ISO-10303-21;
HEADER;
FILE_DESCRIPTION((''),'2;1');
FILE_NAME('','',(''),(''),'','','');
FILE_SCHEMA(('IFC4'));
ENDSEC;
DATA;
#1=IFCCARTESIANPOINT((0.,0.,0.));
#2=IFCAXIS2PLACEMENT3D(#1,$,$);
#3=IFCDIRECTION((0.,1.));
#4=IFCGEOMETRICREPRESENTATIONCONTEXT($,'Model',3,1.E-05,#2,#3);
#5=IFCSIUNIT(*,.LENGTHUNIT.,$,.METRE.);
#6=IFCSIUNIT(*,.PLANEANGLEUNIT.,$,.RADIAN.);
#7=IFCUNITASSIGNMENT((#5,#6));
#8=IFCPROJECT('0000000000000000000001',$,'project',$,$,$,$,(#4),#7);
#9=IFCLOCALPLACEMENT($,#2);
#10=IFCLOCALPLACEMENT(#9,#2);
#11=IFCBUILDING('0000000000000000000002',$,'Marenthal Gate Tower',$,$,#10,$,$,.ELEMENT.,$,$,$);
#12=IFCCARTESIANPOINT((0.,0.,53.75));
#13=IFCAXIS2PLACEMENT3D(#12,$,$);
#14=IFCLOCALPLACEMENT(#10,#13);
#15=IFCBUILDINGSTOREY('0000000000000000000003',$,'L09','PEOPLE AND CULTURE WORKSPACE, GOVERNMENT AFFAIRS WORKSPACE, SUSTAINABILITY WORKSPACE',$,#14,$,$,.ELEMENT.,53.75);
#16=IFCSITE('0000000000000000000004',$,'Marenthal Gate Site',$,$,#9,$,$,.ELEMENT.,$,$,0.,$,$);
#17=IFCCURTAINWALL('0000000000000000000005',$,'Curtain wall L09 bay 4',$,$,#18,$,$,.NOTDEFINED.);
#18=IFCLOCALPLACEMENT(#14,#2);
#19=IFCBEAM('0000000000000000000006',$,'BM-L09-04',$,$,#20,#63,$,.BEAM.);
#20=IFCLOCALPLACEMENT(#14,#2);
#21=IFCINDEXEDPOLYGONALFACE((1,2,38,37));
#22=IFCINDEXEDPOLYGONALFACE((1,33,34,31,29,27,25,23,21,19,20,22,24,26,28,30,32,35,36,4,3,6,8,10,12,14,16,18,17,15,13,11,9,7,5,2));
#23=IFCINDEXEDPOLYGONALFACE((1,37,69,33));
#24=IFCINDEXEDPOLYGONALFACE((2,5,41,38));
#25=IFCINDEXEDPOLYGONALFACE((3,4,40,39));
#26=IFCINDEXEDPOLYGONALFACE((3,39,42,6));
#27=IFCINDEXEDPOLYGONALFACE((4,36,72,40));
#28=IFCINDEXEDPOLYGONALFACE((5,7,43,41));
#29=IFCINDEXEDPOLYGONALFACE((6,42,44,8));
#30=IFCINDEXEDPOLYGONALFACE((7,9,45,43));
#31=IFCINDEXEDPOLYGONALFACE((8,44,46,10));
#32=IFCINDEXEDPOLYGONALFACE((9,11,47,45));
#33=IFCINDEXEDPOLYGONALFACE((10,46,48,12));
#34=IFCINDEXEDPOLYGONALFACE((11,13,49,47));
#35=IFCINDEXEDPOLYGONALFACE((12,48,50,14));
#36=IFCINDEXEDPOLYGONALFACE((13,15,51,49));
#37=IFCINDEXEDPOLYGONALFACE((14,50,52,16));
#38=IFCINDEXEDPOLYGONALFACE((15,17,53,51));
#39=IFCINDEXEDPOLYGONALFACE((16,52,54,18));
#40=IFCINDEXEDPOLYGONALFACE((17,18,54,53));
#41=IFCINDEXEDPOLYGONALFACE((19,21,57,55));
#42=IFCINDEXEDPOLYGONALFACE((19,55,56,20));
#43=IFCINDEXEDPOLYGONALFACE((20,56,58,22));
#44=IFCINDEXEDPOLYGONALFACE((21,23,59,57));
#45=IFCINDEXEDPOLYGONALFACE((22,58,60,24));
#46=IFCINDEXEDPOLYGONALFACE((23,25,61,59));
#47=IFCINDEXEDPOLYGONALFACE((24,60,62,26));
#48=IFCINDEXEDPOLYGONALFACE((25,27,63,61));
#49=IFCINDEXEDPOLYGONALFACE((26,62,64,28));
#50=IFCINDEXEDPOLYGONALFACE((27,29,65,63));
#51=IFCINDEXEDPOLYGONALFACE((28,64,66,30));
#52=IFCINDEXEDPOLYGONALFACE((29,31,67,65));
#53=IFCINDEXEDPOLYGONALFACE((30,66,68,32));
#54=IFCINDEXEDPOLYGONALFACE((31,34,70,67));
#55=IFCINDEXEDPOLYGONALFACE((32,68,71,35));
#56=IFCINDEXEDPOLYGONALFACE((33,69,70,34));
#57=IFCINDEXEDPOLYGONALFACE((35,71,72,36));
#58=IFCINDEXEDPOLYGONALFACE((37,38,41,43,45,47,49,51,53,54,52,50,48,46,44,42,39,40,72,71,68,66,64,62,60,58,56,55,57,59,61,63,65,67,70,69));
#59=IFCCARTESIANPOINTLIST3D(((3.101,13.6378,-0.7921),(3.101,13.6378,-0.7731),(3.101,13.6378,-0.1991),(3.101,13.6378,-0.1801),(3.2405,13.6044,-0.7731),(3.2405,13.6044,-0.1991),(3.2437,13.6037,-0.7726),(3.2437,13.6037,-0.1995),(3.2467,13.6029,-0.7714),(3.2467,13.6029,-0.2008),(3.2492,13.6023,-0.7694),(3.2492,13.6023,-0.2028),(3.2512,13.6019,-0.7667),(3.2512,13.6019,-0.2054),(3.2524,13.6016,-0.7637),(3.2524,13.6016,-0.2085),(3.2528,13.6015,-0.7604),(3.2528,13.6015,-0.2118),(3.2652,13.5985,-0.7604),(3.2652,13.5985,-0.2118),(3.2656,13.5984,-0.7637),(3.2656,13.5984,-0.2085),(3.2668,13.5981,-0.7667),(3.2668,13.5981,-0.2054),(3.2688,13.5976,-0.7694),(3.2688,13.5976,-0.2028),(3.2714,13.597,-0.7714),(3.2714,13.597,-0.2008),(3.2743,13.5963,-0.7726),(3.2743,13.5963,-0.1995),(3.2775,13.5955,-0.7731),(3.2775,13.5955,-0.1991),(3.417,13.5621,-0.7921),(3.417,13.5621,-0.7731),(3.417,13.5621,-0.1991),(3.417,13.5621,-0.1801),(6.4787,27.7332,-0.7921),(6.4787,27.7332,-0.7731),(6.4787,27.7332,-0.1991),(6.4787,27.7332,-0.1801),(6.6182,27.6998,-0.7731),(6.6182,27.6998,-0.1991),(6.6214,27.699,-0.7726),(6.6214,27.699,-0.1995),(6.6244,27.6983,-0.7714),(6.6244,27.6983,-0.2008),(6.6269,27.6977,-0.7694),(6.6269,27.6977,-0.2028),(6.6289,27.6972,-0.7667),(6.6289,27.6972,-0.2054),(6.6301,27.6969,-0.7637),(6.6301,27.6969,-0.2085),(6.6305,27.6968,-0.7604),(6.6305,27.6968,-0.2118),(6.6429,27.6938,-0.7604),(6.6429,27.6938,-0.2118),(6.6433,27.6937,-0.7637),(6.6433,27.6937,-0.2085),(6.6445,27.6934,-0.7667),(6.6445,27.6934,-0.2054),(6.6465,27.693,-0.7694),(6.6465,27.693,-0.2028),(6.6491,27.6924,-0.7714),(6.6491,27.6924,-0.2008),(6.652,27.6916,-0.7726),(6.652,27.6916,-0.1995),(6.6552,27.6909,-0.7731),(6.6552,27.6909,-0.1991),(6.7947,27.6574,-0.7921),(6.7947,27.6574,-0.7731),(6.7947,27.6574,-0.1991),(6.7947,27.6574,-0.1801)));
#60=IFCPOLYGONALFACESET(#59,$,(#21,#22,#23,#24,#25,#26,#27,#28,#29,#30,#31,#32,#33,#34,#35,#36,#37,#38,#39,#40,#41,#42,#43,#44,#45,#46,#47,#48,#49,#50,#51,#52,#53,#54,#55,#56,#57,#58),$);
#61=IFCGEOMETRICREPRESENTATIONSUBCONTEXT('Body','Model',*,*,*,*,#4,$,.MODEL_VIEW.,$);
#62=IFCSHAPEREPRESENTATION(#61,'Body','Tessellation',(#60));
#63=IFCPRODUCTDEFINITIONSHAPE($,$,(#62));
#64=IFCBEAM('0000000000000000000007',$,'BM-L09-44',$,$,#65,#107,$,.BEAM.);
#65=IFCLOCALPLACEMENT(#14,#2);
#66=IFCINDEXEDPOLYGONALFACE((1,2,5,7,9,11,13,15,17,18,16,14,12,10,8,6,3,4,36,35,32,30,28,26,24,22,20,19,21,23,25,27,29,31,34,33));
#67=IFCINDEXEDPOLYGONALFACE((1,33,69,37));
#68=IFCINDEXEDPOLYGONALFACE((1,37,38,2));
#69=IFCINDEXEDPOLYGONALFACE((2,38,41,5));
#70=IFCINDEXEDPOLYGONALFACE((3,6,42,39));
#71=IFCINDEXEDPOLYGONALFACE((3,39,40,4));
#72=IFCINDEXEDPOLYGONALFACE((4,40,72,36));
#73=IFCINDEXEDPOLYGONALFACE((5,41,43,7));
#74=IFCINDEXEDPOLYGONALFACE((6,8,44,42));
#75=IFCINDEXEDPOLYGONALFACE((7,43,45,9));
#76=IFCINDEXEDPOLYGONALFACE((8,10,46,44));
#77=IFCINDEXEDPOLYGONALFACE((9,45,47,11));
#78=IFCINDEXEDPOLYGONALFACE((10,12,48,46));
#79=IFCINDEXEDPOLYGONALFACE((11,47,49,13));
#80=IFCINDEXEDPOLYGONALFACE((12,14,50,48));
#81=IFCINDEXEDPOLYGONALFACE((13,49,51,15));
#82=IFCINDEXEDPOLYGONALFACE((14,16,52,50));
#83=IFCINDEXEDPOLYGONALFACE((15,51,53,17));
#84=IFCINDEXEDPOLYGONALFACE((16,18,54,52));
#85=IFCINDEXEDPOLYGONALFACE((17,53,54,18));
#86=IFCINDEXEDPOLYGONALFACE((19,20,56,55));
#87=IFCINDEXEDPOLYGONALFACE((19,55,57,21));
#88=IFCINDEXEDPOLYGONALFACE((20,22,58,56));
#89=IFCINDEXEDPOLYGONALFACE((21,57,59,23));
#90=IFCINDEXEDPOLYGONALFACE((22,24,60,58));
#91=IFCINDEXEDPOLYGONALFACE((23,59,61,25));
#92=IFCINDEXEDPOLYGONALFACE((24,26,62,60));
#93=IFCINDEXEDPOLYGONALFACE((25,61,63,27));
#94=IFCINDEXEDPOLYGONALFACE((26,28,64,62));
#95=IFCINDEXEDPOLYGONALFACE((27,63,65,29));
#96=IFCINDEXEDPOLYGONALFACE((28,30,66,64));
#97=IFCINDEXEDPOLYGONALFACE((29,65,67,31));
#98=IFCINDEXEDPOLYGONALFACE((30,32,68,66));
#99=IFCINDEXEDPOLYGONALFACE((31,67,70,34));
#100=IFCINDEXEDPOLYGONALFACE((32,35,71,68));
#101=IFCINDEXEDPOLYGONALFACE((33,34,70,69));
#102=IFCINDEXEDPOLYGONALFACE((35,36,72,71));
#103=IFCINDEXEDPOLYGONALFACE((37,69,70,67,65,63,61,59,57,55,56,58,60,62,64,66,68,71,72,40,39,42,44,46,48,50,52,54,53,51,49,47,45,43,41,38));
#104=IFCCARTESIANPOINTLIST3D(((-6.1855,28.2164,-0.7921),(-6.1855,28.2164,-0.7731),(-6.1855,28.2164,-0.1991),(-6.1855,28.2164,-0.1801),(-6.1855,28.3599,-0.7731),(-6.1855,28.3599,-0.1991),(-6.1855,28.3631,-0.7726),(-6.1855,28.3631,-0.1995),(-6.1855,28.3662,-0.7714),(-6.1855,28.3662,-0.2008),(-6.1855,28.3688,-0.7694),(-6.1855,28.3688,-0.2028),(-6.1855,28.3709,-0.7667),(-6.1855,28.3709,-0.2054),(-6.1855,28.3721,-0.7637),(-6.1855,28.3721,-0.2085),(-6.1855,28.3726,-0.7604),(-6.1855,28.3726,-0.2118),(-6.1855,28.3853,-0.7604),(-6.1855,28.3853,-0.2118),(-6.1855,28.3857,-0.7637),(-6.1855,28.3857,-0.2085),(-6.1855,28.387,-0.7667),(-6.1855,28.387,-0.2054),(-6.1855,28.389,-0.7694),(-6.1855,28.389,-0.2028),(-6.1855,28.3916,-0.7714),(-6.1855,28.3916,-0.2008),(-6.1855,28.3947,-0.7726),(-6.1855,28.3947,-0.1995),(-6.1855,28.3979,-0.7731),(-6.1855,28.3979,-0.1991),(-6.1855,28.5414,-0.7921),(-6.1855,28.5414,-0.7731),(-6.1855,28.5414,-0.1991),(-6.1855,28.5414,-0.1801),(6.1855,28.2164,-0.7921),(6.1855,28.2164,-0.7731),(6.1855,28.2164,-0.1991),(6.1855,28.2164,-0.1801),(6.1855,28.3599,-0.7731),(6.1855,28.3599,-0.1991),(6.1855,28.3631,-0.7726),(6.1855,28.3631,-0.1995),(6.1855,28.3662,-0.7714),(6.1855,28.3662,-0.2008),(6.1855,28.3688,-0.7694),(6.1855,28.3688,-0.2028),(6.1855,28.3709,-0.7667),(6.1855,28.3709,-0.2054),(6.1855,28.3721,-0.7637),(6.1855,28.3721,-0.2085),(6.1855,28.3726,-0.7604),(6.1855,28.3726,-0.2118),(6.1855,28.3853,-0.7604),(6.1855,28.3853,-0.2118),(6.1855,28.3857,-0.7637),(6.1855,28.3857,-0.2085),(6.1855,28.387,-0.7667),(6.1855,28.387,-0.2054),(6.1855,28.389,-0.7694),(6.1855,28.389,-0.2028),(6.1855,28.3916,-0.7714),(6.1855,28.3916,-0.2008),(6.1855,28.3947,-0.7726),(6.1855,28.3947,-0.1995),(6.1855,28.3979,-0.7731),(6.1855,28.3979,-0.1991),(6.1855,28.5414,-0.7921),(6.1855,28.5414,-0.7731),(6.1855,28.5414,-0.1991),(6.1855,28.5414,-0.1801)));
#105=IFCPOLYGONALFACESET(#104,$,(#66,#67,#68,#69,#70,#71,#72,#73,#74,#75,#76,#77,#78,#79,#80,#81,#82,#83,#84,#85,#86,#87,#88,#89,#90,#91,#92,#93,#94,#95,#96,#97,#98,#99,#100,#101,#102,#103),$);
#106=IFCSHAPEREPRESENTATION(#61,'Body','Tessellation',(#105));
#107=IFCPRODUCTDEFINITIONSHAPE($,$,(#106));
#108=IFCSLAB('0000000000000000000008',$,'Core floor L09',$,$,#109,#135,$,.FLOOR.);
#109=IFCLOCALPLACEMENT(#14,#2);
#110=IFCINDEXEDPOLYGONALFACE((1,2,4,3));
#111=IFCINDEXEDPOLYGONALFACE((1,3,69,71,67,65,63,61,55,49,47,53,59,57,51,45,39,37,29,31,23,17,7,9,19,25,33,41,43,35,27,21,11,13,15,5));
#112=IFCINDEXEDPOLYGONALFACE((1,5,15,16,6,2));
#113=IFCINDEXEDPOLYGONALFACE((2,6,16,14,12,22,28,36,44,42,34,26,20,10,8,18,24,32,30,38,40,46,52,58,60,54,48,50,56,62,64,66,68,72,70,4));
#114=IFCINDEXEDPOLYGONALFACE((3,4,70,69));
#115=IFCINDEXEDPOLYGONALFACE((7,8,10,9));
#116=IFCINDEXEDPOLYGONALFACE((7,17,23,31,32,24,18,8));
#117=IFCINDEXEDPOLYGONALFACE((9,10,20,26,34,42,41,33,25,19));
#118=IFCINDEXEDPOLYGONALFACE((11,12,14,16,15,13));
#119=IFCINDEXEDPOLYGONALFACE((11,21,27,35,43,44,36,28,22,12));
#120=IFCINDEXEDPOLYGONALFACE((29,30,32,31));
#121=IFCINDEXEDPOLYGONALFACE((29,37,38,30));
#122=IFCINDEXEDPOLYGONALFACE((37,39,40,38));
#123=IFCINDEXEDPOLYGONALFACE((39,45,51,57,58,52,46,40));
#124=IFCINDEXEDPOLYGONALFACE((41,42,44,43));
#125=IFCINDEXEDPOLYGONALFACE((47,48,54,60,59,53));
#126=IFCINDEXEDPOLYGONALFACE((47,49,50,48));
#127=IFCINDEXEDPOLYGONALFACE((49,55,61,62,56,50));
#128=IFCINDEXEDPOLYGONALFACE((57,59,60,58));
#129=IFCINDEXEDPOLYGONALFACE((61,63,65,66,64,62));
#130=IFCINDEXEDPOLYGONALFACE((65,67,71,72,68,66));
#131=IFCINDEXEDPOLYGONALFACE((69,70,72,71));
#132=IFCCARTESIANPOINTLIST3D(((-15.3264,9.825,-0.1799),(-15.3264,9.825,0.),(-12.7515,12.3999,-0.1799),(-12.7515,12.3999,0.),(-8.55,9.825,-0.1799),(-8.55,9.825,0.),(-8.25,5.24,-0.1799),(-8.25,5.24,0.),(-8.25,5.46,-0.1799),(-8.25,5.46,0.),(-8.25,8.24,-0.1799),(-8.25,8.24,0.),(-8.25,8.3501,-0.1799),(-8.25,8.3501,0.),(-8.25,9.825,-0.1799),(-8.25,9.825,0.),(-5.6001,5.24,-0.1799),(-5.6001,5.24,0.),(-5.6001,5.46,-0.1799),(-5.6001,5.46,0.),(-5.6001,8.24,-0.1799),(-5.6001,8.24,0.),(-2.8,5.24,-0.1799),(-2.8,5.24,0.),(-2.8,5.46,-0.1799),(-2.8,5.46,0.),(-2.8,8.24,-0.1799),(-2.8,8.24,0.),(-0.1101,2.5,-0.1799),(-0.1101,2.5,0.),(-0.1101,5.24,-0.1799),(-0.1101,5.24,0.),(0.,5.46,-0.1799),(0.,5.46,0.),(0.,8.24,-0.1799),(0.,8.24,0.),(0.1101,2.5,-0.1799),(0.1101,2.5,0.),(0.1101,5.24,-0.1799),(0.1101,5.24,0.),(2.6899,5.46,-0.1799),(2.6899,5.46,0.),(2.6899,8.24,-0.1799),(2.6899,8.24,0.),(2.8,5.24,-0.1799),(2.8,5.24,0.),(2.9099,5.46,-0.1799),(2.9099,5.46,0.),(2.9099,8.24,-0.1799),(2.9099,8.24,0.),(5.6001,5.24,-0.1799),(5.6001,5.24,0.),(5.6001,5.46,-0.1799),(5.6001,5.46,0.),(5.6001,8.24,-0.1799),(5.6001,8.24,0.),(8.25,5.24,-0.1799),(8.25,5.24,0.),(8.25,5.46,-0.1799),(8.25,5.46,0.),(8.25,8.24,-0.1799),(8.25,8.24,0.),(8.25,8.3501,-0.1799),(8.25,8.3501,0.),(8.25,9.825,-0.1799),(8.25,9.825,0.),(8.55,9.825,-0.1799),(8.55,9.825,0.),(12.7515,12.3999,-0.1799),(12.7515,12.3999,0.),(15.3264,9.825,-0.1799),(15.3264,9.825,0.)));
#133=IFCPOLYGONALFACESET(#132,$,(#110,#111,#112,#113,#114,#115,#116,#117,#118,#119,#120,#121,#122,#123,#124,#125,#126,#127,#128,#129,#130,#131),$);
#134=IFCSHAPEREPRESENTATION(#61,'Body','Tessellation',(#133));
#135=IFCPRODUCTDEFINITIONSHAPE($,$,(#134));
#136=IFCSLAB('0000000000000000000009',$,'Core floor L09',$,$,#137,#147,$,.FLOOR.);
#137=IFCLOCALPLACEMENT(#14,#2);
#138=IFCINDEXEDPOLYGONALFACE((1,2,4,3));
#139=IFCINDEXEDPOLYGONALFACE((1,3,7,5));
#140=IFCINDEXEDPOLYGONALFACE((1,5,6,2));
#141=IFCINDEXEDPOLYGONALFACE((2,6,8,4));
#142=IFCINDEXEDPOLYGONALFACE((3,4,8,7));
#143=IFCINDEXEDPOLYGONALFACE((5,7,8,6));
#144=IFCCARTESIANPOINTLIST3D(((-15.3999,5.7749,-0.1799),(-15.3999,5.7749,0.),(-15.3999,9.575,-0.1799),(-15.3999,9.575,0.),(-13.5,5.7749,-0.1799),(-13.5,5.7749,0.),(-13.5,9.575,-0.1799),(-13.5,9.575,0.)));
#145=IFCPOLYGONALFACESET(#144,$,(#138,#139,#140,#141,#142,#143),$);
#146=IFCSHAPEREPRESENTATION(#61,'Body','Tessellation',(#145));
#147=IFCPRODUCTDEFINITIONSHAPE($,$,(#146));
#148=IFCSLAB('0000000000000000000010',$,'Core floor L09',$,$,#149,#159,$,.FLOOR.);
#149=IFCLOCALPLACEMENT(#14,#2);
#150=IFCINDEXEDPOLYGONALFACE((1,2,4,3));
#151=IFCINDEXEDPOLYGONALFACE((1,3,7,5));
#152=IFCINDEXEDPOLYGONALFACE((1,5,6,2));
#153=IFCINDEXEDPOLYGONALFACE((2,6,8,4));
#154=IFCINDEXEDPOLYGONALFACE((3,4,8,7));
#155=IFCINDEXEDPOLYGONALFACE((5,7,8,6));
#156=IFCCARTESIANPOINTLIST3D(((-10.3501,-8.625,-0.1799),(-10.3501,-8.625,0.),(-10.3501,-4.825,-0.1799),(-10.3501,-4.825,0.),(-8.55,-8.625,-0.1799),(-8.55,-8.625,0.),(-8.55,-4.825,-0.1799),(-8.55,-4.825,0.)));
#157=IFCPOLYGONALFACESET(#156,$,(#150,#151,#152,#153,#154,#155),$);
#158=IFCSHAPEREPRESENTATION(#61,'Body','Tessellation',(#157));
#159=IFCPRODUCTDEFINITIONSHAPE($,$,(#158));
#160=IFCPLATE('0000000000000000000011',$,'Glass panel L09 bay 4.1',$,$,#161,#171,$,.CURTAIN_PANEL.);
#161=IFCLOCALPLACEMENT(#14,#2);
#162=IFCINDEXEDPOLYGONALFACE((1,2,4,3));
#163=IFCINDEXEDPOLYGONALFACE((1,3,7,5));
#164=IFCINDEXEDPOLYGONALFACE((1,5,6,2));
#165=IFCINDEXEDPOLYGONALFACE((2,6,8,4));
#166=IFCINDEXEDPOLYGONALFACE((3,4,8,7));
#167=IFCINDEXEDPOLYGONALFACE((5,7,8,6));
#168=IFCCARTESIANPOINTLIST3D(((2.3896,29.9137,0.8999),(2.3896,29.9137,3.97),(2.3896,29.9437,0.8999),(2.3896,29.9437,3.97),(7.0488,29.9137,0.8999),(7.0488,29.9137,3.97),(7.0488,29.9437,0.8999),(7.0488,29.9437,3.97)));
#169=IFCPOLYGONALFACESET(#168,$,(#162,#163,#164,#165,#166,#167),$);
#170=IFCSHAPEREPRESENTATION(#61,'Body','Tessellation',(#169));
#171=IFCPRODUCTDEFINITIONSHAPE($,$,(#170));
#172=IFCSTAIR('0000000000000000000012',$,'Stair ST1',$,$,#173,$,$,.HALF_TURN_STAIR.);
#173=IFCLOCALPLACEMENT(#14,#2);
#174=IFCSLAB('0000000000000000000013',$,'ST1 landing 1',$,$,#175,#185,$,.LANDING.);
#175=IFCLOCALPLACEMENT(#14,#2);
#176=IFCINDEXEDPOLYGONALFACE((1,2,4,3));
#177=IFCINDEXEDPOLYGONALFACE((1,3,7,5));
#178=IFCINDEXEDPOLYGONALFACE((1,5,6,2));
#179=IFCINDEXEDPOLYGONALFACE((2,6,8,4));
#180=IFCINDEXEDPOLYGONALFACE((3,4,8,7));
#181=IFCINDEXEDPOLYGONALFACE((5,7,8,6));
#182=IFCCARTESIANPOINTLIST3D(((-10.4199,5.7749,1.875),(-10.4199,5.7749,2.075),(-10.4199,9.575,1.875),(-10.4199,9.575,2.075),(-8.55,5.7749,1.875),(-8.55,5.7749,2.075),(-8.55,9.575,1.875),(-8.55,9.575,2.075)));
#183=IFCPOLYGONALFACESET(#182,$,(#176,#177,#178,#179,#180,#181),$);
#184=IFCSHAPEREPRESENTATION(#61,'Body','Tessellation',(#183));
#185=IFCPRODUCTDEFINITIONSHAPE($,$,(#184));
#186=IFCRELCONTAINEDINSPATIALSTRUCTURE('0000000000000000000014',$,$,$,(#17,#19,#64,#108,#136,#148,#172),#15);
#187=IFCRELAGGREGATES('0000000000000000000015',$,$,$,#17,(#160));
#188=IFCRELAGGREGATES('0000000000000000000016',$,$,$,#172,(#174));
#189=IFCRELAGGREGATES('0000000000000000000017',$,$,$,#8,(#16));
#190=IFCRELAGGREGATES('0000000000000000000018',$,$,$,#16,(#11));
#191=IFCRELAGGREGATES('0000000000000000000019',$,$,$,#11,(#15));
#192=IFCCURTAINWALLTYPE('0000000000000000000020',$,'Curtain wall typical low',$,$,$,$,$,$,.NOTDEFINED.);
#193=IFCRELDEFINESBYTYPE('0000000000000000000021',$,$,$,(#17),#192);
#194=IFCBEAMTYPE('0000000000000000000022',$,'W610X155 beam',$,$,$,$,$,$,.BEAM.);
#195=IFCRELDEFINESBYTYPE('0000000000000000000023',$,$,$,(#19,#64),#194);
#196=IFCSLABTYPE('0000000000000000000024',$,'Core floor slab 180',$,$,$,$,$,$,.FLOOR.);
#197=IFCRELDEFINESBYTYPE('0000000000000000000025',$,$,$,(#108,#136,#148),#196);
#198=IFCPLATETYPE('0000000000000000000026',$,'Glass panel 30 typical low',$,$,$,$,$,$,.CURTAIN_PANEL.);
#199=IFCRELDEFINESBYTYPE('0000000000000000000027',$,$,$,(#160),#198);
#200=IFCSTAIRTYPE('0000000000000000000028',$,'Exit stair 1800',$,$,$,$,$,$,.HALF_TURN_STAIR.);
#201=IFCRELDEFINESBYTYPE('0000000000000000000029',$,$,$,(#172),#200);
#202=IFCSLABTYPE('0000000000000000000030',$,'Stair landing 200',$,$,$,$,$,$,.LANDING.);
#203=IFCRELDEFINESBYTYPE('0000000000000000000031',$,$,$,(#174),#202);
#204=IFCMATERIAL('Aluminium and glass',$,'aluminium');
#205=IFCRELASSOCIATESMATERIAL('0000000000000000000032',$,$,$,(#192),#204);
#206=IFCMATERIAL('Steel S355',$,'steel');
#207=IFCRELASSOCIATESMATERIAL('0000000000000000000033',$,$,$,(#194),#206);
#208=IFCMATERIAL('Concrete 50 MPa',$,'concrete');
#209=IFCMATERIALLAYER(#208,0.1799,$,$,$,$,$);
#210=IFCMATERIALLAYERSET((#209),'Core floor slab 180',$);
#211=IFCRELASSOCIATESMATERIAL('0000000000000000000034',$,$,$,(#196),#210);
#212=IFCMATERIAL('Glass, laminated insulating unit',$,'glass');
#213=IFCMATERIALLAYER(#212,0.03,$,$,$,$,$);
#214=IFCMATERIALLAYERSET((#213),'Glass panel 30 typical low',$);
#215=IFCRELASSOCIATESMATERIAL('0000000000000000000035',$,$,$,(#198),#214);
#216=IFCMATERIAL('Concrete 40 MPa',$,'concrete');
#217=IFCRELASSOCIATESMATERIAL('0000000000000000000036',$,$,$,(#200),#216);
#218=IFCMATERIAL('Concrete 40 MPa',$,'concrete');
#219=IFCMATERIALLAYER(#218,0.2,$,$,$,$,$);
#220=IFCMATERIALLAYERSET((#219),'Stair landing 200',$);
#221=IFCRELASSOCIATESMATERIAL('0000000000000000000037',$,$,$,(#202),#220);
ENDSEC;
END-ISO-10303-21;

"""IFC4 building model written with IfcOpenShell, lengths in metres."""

from ifc_helpers import new_model, si_unit, direction, frame, origin, origin_2d, place, context, subcontext, project, spatial, polyline, rectangle, i_section, outline, extrude, material, layer, layer_set, material_profile, profile_set, type_object, element, aggregate, save


model = new_model("IFC4")

# Units and contexts
model_context = context("Model", 3, precision=1e-05, world=origin(), true_north=direction((0.0, 1.0)))
body_context = subcontext(model_context, "Body", "Model", "MODEL_VIEW")
ifc_project = project(units=[si_unit("LENGTHUNIT", "METRE"), si_unit("PLANEANGLEUNIT", "RADIAN")], contexts=[model_context])

# Site, building, storey
site_placement = place(None, origin())
site = spatial("IfcSite", under=ifc_project, at=site_placement, Name="Marenthal Gate Site", CompositionType="ELEMENT", RefElevation=0.0)
building_placement = place(site_placement, origin())
building = spatial("IfcBuilding", under=site, at=building_placement, Name="Marenthal Gate Tower", CompositionType="ELEMENT")
storey_placement = place(building_placement, frame((0.0, 0.0, 53.75)))
storey = spatial("IfcBuildingStorey", under=building, at=storey_placement, Name="L09", Description="PEOPLE AND CULTURE WORKSPACE, GOVERNMENT AFFAIRS WORKSPACE, SUSTAINABILITY WORKSPACE", CompositionType="ELEMENT", Elevation=53.75)

# Curtain wall
ifc_material_1 = material(Name="Aluminium and glass", Category="aluminium")
curtain_wall_type = type_object("IfcCurtainWallType", Name="Curtain wall typical low", PredefinedType="NOTDEFINED", material=ifc_material_1)
curtain_wall_placement = place(storey_placement, origin())
curtain_wall = element("IfcCurtainWall", 1, at=curtain_wall_placement, inside=storey, type_object=curtain_wall_type, Name="Curtain wall L09 bay 4", PredefinedType="NOTDEFINED")

# Beams
ifc_material_2 = material(Name="Steel S355", Category="steel")
ifc_material_profile_1 = material_profile(ifc_material_2, i_section(OverallWidth=0.325, OverallDepth=0.6121, WebThickness=0.0127, FlangeThickness=0.019, FilletRadius=0.0127, at=origin_2d()), Name="W610X155")
ifc_profile_set_1 = profile_set([ifc_material_profile_1], Name="Steel S355")
beam_type_1 = type_object("IfcBeamType", Name="W610X155 beam", PredefinedType="BEAM", material=ifc_profile_set_1)
beam_1_placement = place(storey_placement, frame((6.6367, 27.6953, -0.4861), z_axis=(-0.233036, -0.972468, 0.0), x_axis=(0.972468, -0.233036, 0.0)))
element("IfcBeam", 2, at=beam_1_placement, inside=storey, type_object=beam_type_1, Name="BM-L09-04", PredefinedType="BEAM", context=body_context, shape_type="SweptSolid", body=[
    extrude(i_section(OverallWidth=0.325, OverallDepth=0.6121, WebThickness=0.0127, FlangeThickness=0.019, FilletRadius=0.0127, at=origin_2d()), origin(), (0.0, 0.0, 1.0), 14.4944),
])
beam_2_placement = place(storey_placement, frame((6.1855, 28.3789, -0.4861), z_axis=(-1.0, 0.0, 0.0), x_axis=(0.0, -1.0, 0.0)))
element("IfcBeam", 3, at=beam_2_placement, inside=storey, type_object=beam_type_1, Name="BM-L09-44", PredefinedType="BEAM", context=body_context, shape_type="SweptSolid", body=[
    extrude(i_section(OverallWidth=0.325, OverallDepth=0.6121, WebThickness=0.0127, FlangeThickness=0.019, FilletRadius=0.0127, at=origin_2d()), origin(), (0.0, 0.0, 1.0), 12.3711),
])

# Slabs
ifc_material_3 = material(Name="Concrete 50 MPa", Category="concrete")
ifc_layer_1 = layer(ifc_material_3, 0.1799)
ifc_layer_set_1 = layer_set([ifc_layer_1], Name="Core floor slab 180")
slab_type_1 = type_object("IfcSlabType", Name="Core floor slab 180", PredefinedType="FLOOR", material=ifc_layer_set_1)
slab_1_placement = place(storey_placement, frame((0.0, 0.0, -0.1799)))
element("IfcSlab", 4, at=slab_1_placement, inside=storey, type_object=slab_type_1, Name="Core floor L09", PredefinedType="FLOOR", context=body_context, shape_type="SweptSolid", body=[
    extrude(outline(polyline([(12.7515, 12.3999), (15.3264, 9.825), (8.55, 9.825), (8.25, 9.825), (8.25, 8.3501), (8.25, 8.24), (5.6001, 8.24), (2.9099, 8.24), (2.9099, 5.46), (5.6001, 5.46), (8.25, 5.46), (8.25, 5.24), (5.6001, 5.24), (2.8, 5.24), (0.1101, 5.24), (0.1101, 2.5), (-0.1101, 2.5), (-0.1101, 5.24), (-2.8, 5.24), (-5.6001, 5.24), (-8.25, 5.24), (-8.25, 5.46), (-5.6001, 5.46), (-2.8, 5.46), (0.0, 5.46), (2.6899, 5.46), (2.6899, 8.24), (0.0, 8.24), (-2.8, 8.24), (-5.6001, 8.24), (-8.25, 8.24), (-8.25, 8.3501), (-8.25, 9.825), (-8.55, 9.825), (-15.3264, 9.825), (-12.7515, 12.3999), (12.7515, 12.3999)])), origin(), (0.0, 0.0, 1.0), 0.1799),
])
slab_2_placement = place(storey_placement, frame((0.0, 0.0, -0.1799)))
element("IfcSlab", 5, at=slab_2_placement, inside=storey, type_object=slab_type_1, Name="Core floor L09", PredefinedType="FLOOR", context=body_context, shape_type="SweptSolid", body=[
    extrude(outline(polyline([(-15.3999, 9.575), (-13.5, 9.575), (-13.5, 5.7749), (-15.3999, 5.7749), (-15.3999, 9.575)])), origin(), (0.0, 0.0, 1.0), 0.1799),
])
slab_3_placement = place(storey_placement, frame((0.0, 0.0, -0.1799)))
element("IfcSlab", 6, at=slab_3_placement, inside=storey, type_object=slab_type_1, Name="Core floor L09", PredefinedType="FLOOR", context=body_context, shape_type="SweptSolid", body=[
    extrude(outline(polyline([(-8.55, -8.625), (-10.3501, -8.625), (-10.3501, -4.825), (-8.55, -4.825), (-8.55, -8.625)])), origin(), (0.0, 0.0, 1.0), 0.1799),
])

# Plate
ifc_material_4 = material(Name="Glass, laminated insulating unit", Category="glass")
ifc_layer_2 = layer(ifc_material_4, 0.03)
ifc_layer_set_2 = layer_set([ifc_layer_2], Name="Glass panel 30 typical low")
plate_type = type_object("IfcPlateType", Name="Glass panel 30 typical low", PredefinedType="CURTAIN_PANEL", material=ifc_layer_set_2)
plate_placement = place(storey_placement, frame((4.7192, 29.9287, 0.8999), z_axis=(0.0, 0.0, 1.0), x_axis=(-1.0, 0.0, 0.0)))
plate = element("IfcPlate", 7, at=plate_placement, type_object=plate_type, Name="Glass panel L09 bay 4.1", PredefinedType="CURTAIN_PANEL", context=body_context, shape_type="SweptSolid", body=[
    extrude(rectangle(XDim=4.6592, YDim=0.03, at=origin_2d()), origin(), (0.0, 0.0, 1.0), 3.0701),
])
aggregate(curtain_wall, [plate])

# Stair, slab
ifc_material_5 = material(Name="Concrete 40 MPa", Category="concrete")
stair_type = type_object("IfcStairType", Name="Exit stair 1800", PredefinedType="HALF_TURN_STAIR", material=ifc_material_5)
stair_1_placement = place(storey_placement, origin())
stair_1 = element("IfcStair", 8, at=stair_1_placement, inside=storey, type_object=stair_type, Name="Stair ST1", PredefinedType="HALF_TURN_STAIR")
ifc_material_6 = material(Name="Concrete 40 MPa", Category="concrete")
ifc_layer_3 = layer(ifc_material_6, 0.2)
ifc_layer_set_3 = layer_set([ifc_layer_3], Name="Stair landing 200")
slab_type_2 = type_object("IfcSlabType", Name="Stair landing 200", PredefinedType="LANDING", material=ifc_layer_set_3)
slab_4_placement = place(storey_placement, frame((0.0, 0.0, 1.875)))
slab_4 = element("IfcSlab", 9, at=slab_4_placement, type_object=slab_type_2, Name="ST1 landing 1", PredefinedType="LANDING", context=body_context, shape_type="SweptSolid", body=[
    extrude(outline(polyline([(-10.4199, 5.7749), (-8.55, 5.7749), (-8.55, 9.575), (-10.4199, 9.575), (-10.4199, 5.7749)])), origin(), (0.0, 0.0, 1.0), 0.2),
])
aggregate(stair_1, [slab_4])

save(model, "model.ifc")
